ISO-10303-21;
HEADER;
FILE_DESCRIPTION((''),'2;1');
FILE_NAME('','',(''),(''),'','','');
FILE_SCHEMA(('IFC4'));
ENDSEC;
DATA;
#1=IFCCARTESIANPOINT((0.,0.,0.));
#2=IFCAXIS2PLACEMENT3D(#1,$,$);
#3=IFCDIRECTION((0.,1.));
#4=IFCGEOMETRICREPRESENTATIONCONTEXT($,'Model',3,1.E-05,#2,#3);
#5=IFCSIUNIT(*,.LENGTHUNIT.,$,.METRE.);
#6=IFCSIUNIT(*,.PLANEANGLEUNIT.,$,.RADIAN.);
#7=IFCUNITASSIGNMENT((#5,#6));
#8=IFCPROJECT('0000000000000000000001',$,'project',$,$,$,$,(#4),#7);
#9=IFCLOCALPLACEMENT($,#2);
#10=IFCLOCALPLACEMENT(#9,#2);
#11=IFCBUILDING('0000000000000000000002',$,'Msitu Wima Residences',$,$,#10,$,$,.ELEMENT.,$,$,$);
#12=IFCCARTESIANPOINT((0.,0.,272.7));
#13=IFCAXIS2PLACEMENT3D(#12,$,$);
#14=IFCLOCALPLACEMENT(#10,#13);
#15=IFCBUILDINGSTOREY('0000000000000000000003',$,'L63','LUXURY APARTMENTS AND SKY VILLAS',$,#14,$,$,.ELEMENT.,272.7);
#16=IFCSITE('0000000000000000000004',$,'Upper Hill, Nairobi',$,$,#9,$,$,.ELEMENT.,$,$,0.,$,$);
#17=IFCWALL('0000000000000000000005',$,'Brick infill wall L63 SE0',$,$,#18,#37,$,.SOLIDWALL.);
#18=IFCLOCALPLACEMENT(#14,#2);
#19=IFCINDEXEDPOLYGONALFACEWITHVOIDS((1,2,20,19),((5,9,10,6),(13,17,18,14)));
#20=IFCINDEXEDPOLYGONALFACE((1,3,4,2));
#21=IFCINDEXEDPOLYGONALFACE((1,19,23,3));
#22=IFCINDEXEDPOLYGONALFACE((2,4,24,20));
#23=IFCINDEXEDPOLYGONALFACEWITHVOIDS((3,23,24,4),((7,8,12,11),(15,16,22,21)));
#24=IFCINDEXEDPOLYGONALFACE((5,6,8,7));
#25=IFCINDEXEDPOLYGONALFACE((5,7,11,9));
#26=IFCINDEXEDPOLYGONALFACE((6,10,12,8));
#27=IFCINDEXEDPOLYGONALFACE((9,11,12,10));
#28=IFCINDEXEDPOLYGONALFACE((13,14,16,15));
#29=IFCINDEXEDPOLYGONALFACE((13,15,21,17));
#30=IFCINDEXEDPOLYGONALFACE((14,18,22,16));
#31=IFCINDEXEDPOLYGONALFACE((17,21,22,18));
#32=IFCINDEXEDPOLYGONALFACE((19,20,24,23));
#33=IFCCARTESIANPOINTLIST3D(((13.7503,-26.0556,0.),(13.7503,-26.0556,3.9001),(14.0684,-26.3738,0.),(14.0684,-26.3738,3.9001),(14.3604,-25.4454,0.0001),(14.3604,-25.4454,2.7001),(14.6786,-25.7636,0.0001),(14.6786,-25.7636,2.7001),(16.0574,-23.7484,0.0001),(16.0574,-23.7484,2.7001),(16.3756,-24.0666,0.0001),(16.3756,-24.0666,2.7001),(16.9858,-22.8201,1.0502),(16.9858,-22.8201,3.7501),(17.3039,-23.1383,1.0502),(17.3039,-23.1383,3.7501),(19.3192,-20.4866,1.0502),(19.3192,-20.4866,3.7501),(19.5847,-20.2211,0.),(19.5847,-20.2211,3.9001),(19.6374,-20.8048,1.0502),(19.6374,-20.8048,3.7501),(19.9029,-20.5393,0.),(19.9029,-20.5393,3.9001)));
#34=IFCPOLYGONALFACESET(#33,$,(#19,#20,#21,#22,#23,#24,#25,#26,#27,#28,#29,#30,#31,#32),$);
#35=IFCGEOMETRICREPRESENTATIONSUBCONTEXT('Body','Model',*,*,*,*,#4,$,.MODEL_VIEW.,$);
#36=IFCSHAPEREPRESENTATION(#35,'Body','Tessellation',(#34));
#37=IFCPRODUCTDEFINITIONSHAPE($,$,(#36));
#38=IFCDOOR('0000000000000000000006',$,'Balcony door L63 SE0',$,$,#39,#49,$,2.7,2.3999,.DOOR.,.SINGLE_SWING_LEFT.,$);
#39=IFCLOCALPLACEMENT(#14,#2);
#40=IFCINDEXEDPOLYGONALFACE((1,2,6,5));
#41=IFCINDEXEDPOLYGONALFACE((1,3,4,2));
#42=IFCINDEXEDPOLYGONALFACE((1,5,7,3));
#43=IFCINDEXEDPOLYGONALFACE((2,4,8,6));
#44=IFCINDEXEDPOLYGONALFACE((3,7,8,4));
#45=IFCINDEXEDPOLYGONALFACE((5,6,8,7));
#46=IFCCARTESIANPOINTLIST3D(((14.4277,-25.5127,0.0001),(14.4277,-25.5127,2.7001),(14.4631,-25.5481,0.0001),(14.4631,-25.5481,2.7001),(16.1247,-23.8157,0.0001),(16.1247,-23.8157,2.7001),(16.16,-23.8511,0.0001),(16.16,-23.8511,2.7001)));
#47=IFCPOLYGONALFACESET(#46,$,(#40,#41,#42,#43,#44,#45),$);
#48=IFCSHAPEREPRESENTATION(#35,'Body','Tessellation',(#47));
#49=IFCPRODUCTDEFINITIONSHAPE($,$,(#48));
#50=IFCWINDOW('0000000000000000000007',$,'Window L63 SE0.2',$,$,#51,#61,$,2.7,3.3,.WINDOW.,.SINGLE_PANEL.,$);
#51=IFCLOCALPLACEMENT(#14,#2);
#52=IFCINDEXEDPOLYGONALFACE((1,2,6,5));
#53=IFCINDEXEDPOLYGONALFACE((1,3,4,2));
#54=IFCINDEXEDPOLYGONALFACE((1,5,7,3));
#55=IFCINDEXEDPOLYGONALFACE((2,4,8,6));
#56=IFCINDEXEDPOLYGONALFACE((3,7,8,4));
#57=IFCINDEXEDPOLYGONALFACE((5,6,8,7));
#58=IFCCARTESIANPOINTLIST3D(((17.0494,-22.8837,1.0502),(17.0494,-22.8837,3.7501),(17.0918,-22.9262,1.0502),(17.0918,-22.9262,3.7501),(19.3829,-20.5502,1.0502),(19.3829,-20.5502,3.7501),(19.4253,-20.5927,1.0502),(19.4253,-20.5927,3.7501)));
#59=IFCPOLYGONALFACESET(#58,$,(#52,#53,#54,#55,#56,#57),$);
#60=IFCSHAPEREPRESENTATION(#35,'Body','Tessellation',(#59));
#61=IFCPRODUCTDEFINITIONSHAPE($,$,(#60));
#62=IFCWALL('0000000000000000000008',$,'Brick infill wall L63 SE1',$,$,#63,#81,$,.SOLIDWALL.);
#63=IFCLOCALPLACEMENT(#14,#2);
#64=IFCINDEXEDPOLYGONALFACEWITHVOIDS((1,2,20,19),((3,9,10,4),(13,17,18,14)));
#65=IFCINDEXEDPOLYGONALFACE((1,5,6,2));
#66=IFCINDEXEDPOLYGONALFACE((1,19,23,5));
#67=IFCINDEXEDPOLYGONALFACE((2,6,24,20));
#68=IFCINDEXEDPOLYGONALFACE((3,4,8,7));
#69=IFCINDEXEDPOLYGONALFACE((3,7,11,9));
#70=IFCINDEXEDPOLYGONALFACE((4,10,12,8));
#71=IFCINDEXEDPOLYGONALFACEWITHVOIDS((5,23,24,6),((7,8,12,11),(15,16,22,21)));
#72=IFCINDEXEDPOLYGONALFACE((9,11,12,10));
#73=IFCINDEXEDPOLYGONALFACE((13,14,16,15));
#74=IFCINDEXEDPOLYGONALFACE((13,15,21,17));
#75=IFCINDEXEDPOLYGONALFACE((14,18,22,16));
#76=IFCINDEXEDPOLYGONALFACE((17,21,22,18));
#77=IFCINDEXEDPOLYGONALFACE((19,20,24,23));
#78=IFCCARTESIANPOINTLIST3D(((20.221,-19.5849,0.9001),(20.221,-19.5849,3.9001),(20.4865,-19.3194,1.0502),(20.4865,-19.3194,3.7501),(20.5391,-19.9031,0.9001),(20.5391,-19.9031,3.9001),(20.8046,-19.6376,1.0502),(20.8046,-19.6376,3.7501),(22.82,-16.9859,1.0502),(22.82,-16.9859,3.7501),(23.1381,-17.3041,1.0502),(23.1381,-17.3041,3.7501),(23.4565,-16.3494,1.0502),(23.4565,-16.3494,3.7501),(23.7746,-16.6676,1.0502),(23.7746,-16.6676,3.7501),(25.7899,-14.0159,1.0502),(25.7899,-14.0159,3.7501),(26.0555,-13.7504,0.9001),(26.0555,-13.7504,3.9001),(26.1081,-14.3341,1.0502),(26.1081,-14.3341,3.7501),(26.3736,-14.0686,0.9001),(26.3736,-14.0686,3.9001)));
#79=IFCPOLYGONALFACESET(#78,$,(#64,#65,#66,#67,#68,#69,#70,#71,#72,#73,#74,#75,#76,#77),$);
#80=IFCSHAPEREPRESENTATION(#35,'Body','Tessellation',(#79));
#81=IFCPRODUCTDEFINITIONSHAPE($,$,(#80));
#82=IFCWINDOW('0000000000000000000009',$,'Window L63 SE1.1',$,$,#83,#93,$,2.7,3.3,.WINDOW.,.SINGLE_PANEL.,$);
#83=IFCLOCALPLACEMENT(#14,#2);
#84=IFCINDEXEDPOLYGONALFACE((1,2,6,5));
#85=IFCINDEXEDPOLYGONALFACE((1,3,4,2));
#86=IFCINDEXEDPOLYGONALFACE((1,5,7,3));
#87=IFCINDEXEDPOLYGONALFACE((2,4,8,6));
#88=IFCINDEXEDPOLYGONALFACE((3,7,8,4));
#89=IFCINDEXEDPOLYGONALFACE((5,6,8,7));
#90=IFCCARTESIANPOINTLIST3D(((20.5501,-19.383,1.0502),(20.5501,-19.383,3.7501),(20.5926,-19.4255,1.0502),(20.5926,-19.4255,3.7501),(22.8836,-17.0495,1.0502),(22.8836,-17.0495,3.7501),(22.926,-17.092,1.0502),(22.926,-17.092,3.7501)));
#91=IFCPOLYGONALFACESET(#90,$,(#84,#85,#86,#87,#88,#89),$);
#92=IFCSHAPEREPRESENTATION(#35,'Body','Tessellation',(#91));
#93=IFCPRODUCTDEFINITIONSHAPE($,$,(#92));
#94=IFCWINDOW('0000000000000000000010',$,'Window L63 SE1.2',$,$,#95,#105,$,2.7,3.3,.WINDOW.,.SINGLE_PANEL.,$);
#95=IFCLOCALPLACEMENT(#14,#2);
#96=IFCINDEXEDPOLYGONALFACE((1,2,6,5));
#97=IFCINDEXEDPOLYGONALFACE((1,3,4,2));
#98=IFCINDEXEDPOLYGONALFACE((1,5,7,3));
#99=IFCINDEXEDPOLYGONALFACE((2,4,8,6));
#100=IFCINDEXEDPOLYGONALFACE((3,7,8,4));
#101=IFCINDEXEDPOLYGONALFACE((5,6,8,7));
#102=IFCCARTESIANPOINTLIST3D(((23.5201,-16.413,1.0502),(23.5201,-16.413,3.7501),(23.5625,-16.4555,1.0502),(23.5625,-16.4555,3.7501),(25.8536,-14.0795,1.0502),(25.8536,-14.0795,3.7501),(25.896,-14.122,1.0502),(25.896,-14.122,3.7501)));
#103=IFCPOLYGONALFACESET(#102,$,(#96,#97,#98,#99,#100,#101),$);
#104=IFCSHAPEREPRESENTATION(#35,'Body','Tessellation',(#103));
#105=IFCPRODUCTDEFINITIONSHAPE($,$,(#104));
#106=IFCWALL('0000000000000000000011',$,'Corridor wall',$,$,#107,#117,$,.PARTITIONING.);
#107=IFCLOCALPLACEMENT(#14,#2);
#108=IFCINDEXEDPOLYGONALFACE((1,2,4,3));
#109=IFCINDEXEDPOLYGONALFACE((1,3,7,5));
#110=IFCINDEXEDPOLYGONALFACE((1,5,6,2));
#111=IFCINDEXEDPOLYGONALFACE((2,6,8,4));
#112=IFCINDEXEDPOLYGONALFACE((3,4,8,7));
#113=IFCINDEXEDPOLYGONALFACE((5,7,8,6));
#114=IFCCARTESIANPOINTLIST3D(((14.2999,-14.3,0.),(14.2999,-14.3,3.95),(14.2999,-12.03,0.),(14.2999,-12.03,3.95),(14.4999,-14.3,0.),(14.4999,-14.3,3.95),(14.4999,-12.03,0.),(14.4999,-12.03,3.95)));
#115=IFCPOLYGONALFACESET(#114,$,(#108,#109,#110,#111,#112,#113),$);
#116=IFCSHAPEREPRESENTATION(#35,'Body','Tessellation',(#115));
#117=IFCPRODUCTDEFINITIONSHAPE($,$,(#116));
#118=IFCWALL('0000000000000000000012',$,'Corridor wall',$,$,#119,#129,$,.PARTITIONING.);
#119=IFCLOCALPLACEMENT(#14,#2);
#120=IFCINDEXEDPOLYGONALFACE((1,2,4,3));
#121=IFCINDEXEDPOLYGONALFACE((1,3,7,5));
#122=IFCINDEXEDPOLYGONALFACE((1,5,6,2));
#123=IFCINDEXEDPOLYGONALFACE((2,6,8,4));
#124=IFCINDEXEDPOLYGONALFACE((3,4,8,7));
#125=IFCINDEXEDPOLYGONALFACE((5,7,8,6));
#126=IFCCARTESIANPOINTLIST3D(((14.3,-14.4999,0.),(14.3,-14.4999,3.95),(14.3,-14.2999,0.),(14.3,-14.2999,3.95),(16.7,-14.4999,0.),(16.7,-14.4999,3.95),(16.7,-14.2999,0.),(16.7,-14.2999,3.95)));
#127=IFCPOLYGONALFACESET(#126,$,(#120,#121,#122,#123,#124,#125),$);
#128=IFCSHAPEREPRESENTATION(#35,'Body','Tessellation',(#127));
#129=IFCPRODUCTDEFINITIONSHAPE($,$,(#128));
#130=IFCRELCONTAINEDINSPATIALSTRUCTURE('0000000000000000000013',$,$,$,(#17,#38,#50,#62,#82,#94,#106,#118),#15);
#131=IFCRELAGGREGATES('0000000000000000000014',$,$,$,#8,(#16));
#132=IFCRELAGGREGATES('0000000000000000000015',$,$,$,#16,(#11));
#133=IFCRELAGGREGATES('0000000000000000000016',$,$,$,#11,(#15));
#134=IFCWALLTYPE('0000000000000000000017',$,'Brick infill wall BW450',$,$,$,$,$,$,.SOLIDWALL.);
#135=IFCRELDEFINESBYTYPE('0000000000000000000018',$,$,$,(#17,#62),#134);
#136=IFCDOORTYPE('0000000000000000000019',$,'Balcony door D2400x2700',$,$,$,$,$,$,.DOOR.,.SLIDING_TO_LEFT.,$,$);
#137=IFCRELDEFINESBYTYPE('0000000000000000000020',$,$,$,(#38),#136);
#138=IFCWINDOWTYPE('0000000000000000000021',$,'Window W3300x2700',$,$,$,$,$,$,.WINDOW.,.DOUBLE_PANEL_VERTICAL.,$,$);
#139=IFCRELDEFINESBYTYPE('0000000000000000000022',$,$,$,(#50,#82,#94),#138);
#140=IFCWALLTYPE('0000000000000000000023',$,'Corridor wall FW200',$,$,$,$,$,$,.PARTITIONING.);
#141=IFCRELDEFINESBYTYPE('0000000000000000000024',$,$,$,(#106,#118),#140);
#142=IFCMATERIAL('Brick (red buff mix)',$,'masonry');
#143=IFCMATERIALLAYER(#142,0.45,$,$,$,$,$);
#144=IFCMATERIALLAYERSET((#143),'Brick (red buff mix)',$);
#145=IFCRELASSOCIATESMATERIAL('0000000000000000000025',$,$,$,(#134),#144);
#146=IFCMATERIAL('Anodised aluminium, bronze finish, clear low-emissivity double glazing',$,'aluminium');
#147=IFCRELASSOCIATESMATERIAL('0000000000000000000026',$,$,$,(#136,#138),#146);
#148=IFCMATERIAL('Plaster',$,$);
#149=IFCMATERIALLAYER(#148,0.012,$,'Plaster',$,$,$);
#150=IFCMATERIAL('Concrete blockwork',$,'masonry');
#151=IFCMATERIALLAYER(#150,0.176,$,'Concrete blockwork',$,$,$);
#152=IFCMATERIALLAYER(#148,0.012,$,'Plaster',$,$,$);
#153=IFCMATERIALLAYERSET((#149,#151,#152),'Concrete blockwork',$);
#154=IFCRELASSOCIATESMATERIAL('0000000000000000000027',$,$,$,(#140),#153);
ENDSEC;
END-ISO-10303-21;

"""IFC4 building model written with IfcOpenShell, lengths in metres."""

from ifc_helpers import new_model, si_unit, direction, frame, frame_2d, origin, place, context, subcontext, project, spatial, rectangle, extrude, material, layer, layer_set, type_object, element, fill, save


model = new_model("IFC4")

# Units and contexts
model_context = context("Model", 3, precision=1e-05, world=origin(), true_north=direction((0.0, 1.0)))
body_context = subcontext(model_context, "Body", "Model", "MODEL_VIEW")
ifc_project = project(units=[si_unit("LENGTHUNIT", "METRE"), si_unit("PLANEANGLEUNIT", "RADIAN")], contexts=[model_context])

# Site, building, storey
site_placement = place(None, origin())
site = spatial("IfcSite", under=ifc_project, at=site_placement, Name="Upper Hill, Nairobi", CompositionType="ELEMENT", RefElevation=0.0)
building_placement = place(site_placement, origin())
building = spatial("IfcBuilding", under=site, at=building_placement, Name="Msitu Wima Residences", CompositionType="ELEMENT")
storey_placement = place(building_placement, frame((0.0, 0.0, 272.7)))
storey = spatial("IfcBuildingStorey", under=building, at=storey_placement, Name="L63", Description="LUXURY APARTMENTS AND SKY VILLAS", CompositionType="ELEMENT", Elevation=272.7)

# Wall, openings, door, window
ifc_material_1 = material(Name="Brick (red buff mix)", Category="masonry")
ifc_layer_1 = layer(ifc_material_1, 0.45)
ifc_layer_set_1 = layer_set([ifc_layer_1], Name="Brick (red buff mix)")
wall_type_1 = type_object("IfcWallType", Name="Brick infill wall BW450", PredefinedType="SOLIDWALL", material=ifc_layer_set_1)
wall_1_placement = place(storey_placement, frame((13.9094, -26.2146, 0.0), z_axis=(0.0, 0.0, 1.0), x_axis=(0.707107, 0.707107, 0.0)))
wall_1 = element("IfcWall", 1, at=wall_1_placement, inside=storey, type_object=wall_type_1, Name="Brick infill wall L63 SE0", PredefinedType="SOLIDWALL", context=body_context, shape_type="SweptSolid", body=[
    extrude(rectangle(XDim=8.2512, YDim=0.45, at=frame_2d((4.1255, 0.0))), origin(), (0.0, 0.0, 1.0), 3.9001),
])
opening_1_placement = place(wall_1_placement, frame((0.8628, 0.0, 0.0)))
opening_1 = element("IfcOpeningElement", 2, at=opening_1_placement, cuts=wall_1, PredefinedType="OPENING", context=body_context, shape_type="SweptSolid", body=[
    extrude(rectangle(XDim=2.3999, YDim=2.7, at=frame_2d((1.2, 1.3501))), frame((0.0, 0.2349, 0.0), z_axis=(0.0, -1.0, 0.0), x_axis=(1.0, 0.0, 0.0)), (0.0, 0.0, 1.0), 0.47),
])
opening_2_placement = place(wall_1_placement, frame((4.5757, 0.0, 1.05)))
opening_2 = element("IfcOpeningElement", 3, at=opening_2_placement, cuts=wall_1, PredefinedType="OPENING", context=body_context, shape_type="SweptSolid", body=[
    extrude(rectangle(XDim=3.3, YDim=2.7, at=frame_2d((1.6499, 1.3501))), frame((0.0, 0.2349, 0.0), z_axis=(0.0, -1.0, 0.0), x_axis=(1.0, 0.0, 0.0)), (0.0, 0.0, 1.0), 0.47),
])
ifc_material_2 = material(Name="Anodised aluminium, bronze finish, clear low-emissivity double glazing", Category="aluminium")
door_type_1 = type_object("IfcDoorType", Name="Balcony door D2400x2700", OperationType="SLIDING_TO_LEFT", PredefinedType="DOOR", material=ifc_material_2)
door_1_placement = place(opening_1_placement, origin())
door_1 = element("IfcDoor", 4, at=door_1_placement, inside=storey, type_object=door_type_1, Name="Balcony door L63 SE0", OperationType="SINGLE_SWING_LEFT", OverallHeight=2.7, OverallWidth=2.3999, PredefinedType="DOOR", context=body_context, shape_type="SweptSolid", body=[
    extrude(rectangle(XDim=2.3999, YDim=2.7, at=frame_2d((1.2, 1.3501))), frame((0.0, 0.1299, 0.0), z_axis=(0.0, -1.0, 0.0), x_axis=(1.0, 0.0, 0.0)), (0.0, 0.0, 1.0), 0.05),
])
fill(opening_1, door_1)
window_type = type_object("IfcWindowType", Name="Window W3300x2700", PartitioningType="DOUBLE_PANEL_VERTICAL", PredefinedType="WINDOW", material=ifc_material_2)
window_1_placement = place(opening_2_placement, origin())
window_1 = element("IfcWindow", 5, at=window_1_placement, inside=storey, type_object=window_type, Name="Window L63 SE0.2", OverallHeight=2.7, OverallWidth=3.3, PartitioningType="SINGLE_PANEL", PredefinedType="WINDOW", context=body_context, shape_type="SweptSolid", body=[
    extrude(rectangle(XDim=3.3, YDim=2.7, at=frame_2d((1.6499, 1.3501))), frame((0.0, 0.135, 0.0), z_axis=(0.0, -1.0, 0.0), x_axis=(1.0, 0.0, 0.0)), (0.0, 0.0, 1.0), 0.0601),
])
fill(opening_2, window_1)

# Wall, openings, windows
wall_2_placement = place(storey_placement, frame((20.3801, -19.7439, 0.9001), z_axis=(0.0, 0.0, 1.0), x_axis=(0.707107, 0.707107, 0.0)))
wall_2 = element("IfcWall", 6, at=wall_2_placement, inside=storey, type_object=wall_type_1, Name="Brick infill wall L63 SE1", PredefinedType="SOLIDWALL", context=body_context, shape_type="SweptSolid", body=[
    extrude(rectangle(XDim=8.2512, YDim=0.45, at=frame_2d((4.1255, 0.0))), origin(), (0.0, 0.0, 1.0), 3.0),
])
opening_3_placement = place(wall_2_placement, frame((0.3755, 0.0, 0.1499)))
opening_3 = element("IfcOpeningElement", 7, at=opening_3_placement, cuts=wall_2, PredefinedType="OPENING", context=body_context, shape_type="SweptSolid", body=[
    extrude(rectangle(XDim=3.3, YDim=2.7, at=frame_2d((1.6499, 1.3501))), frame((0.0, 0.2349, 0.0), z_axis=(0.0, -1.0, 0.0), x_axis=(1.0, 0.0, 0.0)), (0.0, 0.0, 1.0), 0.47),
])
opening_4_placement = place(wall_2_placement, frame((4.5757, 0.0, 0.1499)))
opening_4 = element("IfcOpeningElement", 8, at=opening_4_placement, cuts=wall_2, PredefinedType="OPENING", context=body_context, shape_type="SweptSolid", body=[
    extrude(rectangle(XDim=3.3, YDim=2.7, at=frame_2d((1.6499, 1.3501))), frame((0.0, 0.2349, 0.0), z_axis=(0.0, -1.0, 0.0), x_axis=(1.0, 0.0, 0.0)), (0.0, 0.0, 1.0), 0.47),
])
window_2_placement = place(opening_3_placement, origin())
window_2 = element("IfcWindow", 9, at=window_2_placement, inside=storey, type_object=window_type, Name="Window L63 SE1.1", OverallHeight=2.7, OverallWidth=3.3, PartitioningType="SINGLE_PANEL", PredefinedType="WINDOW", context=body_context, shape_type="SweptSolid", body=[
    extrude(rectangle(XDim=3.3, YDim=2.7, at=frame_2d((1.6499, 1.3501))), frame((0.0, 0.135, 0.0), z_axis=(0.0, -1.0, 0.0), x_axis=(1.0, 0.0, 0.0)), (0.0, 0.0, 1.0), 0.0601),
])
fill(opening_3, window_2)
window_3_placement = place(opening_4_placement, origin())
window_3 = element("IfcWindow", 10, at=window_3_placement, inside=storey, type_object=window_type, Name="Window L63 SE1.2", OverallHeight=2.7, OverallWidth=3.3, PartitioningType="SINGLE_PANEL", PredefinedType="WINDOW", context=body_context, shape_type="SweptSolid", body=[
    extrude(rectangle(XDim=3.3, YDim=2.7, at=frame_2d((1.6499, 1.3501))), frame((0.0, 0.135, 0.0), z_axis=(0.0, -1.0, 0.0), x_axis=(1.0, 0.0, 0.0)), (0.0, 0.0, 1.0), 0.0601),
])
fill(opening_4, window_3)

# Walls
ifc_material_3 = material(Name="Plaster")
ifc_layer_2 = layer(ifc_material_3, 0.012, Name="Plaster")
ifc_material_4 = material(Name="Concrete blockwork", Category="masonry")
ifc_layer_3 = layer(ifc_material_4, 0.176, Name="Concrete blockwork")
ifc_layer_4 = layer(ifc_material_3, 0.012, Name="Plaster")
ifc_layer_set_2 = layer_set([ifc_layer_2, ifc_layer_3, ifc_layer_4], Name="Concrete blockwork")
wall_type_2 = type_object("IfcWallType", Name="Corridor wall FW200", PredefinedType="PARTITIONING", material=ifc_layer_set_2)
wall_3_placement = place(storey_placement, frame((14.3999, -14.3, 0.0), z_axis=(0.0, 0.0, 1.0), x_axis=(0.0, 1.0, 0.0)))
element("IfcWall", 11, at=wall_3_placement, inside=storey, type_object=wall_type_2, Name="Corridor wall", PredefinedType="PARTITIONING", context=body_context, shape_type="SweptSolid", body=[
    extrude(rectangle(XDim=2.27, YDim=0.2, at=frame_2d((1.135, 0.0))), origin(), (0.0, 0.0, 1.0), 3.95),
])
wall_4_placement = place(storey_placement, frame((14.3, -14.3999, 0.0), z_axis=(0.0, 0.0, 1.0), x_axis=(1.0, 0.0, 0.0)))
element("IfcWall", 12, at=wall_4_placement, inside=storey, type_object=wall_type_2, Name="Corridor wall", PredefinedType="PARTITIONING", context=body_context, shape_type="SweptSolid", body=[
    extrude(rectangle(XDim=2.3999, YDim=0.2, at=frame_2d((1.2, 0.0))), origin(), (0.0, 0.0, 1.0), 3.95),
])

save(model, "model.ifc")
